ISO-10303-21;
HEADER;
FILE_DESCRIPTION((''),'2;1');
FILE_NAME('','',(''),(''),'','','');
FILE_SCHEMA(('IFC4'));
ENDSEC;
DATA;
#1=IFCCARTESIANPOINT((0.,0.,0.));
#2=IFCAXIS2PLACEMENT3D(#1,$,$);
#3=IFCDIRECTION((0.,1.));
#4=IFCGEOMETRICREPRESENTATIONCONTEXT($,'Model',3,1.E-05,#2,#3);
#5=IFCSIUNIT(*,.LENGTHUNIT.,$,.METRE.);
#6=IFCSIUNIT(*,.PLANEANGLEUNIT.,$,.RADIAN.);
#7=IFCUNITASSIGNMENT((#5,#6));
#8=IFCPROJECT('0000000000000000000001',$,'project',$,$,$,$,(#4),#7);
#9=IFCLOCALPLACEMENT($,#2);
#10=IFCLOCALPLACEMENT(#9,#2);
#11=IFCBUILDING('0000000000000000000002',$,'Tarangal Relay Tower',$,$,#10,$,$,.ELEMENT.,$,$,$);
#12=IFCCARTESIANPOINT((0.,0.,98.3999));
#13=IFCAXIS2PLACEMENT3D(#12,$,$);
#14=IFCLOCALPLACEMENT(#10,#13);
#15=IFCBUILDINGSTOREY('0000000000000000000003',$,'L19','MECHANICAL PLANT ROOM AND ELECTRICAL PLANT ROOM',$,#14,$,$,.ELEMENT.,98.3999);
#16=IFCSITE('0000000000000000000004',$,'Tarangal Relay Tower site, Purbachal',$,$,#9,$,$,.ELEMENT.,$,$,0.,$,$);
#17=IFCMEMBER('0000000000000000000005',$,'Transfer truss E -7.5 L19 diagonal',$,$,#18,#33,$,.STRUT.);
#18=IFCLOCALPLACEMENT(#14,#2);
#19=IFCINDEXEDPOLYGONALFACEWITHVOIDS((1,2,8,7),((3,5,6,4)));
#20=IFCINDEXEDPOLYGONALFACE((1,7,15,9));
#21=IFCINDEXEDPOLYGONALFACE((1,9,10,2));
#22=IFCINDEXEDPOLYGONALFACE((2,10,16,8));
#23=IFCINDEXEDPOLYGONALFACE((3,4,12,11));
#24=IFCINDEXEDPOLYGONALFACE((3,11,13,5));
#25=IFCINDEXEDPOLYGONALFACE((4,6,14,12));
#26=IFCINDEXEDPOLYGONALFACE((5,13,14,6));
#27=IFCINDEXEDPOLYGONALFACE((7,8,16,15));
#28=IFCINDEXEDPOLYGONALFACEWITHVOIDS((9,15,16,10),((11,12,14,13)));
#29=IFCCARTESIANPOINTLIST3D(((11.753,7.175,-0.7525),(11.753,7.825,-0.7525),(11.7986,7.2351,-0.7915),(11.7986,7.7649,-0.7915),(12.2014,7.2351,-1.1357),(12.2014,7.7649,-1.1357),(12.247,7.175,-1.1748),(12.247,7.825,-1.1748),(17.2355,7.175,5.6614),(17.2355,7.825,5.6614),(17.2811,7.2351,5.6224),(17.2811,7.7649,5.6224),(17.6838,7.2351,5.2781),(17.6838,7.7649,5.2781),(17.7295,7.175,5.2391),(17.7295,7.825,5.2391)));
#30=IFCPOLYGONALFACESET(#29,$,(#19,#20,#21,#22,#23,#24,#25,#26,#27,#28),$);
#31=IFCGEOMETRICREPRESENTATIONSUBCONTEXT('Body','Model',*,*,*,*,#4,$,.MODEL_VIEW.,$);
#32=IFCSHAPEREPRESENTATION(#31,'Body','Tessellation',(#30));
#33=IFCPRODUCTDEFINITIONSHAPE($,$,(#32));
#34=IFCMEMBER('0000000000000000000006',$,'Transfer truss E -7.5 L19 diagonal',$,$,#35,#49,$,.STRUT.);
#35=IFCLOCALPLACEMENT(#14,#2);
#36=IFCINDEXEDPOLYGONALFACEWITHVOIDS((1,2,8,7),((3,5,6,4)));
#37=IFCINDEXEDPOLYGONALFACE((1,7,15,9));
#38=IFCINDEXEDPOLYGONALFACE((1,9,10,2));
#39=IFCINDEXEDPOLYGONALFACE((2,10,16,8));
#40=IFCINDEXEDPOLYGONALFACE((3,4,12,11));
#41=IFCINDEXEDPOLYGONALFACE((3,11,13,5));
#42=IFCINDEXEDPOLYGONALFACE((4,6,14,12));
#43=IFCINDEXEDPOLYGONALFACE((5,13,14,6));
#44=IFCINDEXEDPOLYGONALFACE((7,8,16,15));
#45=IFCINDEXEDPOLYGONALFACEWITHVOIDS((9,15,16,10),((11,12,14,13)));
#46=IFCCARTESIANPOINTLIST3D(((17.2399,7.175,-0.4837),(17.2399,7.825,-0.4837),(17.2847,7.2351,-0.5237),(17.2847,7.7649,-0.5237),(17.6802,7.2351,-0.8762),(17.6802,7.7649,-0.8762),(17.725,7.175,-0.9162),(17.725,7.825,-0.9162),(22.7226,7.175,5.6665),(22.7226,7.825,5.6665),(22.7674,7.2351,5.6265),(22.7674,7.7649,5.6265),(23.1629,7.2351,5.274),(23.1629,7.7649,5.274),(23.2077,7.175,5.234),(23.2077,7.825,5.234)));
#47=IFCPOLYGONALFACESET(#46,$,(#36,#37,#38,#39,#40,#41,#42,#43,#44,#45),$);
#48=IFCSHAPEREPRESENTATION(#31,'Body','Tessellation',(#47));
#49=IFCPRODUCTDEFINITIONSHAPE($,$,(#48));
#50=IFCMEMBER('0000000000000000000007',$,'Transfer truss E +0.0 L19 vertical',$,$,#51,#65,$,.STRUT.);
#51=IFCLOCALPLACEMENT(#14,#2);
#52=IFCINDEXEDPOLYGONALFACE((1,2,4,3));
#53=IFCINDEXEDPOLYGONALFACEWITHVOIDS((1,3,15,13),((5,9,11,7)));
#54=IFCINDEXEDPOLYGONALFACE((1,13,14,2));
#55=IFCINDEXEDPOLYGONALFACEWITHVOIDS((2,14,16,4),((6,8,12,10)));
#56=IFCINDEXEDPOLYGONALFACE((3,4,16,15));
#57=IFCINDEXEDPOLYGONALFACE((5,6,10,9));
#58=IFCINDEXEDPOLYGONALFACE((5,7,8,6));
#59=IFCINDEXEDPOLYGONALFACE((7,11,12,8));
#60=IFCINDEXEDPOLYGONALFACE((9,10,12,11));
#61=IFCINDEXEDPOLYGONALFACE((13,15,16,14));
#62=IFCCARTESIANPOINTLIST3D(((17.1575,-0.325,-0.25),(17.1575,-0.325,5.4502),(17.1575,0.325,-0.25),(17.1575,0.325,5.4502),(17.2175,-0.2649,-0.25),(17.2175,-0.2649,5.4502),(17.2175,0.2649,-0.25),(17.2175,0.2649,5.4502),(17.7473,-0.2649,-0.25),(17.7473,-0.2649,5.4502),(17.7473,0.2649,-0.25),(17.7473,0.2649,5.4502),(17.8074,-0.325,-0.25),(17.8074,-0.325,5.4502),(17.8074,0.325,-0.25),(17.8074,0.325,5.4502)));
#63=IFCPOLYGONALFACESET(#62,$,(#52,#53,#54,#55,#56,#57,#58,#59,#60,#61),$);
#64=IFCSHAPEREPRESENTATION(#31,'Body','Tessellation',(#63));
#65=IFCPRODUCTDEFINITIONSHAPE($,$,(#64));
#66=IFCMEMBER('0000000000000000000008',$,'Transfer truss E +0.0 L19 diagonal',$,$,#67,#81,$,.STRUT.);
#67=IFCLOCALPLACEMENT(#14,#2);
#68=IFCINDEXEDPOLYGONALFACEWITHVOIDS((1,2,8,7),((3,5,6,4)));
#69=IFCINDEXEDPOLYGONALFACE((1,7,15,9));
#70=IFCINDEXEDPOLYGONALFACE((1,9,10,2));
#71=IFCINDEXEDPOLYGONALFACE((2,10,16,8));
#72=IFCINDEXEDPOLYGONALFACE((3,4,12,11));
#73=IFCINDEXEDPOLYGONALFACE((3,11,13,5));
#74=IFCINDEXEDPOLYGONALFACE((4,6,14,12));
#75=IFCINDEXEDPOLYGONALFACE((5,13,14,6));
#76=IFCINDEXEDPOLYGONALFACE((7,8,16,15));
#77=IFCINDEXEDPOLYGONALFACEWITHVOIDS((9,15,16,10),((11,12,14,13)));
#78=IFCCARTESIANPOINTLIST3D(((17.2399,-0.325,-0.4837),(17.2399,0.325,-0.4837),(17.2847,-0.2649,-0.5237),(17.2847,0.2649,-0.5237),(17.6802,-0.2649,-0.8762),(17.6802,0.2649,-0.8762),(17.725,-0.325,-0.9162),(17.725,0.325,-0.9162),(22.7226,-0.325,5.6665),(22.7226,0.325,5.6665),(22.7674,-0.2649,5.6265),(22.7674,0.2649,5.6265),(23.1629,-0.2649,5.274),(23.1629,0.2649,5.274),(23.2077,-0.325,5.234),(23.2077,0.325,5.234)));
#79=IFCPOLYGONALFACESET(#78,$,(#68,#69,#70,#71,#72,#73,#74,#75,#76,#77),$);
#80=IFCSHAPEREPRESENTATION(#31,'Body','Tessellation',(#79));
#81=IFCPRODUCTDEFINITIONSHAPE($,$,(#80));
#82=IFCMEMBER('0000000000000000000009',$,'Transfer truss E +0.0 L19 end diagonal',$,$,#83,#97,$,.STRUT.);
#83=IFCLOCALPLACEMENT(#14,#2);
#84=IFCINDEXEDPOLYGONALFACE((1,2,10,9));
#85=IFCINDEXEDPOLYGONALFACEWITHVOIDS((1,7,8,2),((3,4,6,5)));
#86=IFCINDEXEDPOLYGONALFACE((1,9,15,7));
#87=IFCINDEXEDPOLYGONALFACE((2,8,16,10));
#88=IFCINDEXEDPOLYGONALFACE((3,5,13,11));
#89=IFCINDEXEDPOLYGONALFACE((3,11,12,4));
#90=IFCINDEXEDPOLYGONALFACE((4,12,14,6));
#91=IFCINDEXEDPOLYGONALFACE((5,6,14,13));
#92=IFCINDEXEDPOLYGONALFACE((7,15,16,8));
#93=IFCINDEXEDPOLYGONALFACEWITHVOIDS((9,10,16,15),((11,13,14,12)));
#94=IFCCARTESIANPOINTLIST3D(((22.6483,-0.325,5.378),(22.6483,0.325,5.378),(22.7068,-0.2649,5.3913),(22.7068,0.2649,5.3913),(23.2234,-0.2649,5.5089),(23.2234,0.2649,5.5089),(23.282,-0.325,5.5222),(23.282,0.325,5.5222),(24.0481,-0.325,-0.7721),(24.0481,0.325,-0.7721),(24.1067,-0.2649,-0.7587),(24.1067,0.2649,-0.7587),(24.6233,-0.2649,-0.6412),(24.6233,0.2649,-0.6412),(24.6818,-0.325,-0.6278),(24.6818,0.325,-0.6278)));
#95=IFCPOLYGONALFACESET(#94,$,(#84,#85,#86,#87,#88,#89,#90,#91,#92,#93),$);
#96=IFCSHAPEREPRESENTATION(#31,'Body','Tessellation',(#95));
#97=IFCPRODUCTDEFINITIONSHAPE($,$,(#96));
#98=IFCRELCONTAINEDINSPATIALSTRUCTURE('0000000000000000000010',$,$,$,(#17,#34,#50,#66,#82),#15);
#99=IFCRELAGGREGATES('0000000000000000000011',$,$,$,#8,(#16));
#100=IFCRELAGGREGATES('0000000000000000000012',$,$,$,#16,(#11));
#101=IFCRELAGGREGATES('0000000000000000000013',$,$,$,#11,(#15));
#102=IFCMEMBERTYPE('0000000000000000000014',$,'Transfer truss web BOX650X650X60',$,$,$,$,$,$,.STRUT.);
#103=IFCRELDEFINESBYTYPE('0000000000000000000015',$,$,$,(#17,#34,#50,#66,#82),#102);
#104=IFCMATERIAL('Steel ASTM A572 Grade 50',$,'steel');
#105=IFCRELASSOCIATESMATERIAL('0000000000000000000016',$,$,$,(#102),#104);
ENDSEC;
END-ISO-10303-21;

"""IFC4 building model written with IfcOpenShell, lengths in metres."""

from ifc_helpers import new_model, si_unit, direction, frame, origin, origin_2d, place, context, subcontext, project, spatial, hollow_rectangle, extrude, material, material_profile, profile_set, type_object, element, save


model = new_model("IFC4")

# Units and contexts
model_context = context("Model", 3, precision=1e-05, world=origin(), true_north=direction((0.0, 1.0)))
body_context = subcontext(model_context, "Body", "Model", "MODEL_VIEW")
ifc_project = project(units=[si_unit("LENGTHUNIT", "METRE"), si_unit("PLANEANGLEUNIT", "RADIAN")], contexts=[model_context])

# Site, building, storey
site_placement = place(None, origin())
site = spatial("IfcSite", under=ifc_project, at=site_placement, Name="Tarangal Relay Tower site, Purbachal", CompositionType="ELEMENT", RefElevation=0.0)
building_placement = place(site_placement, origin())
building = spatial("IfcBuilding", under=site, at=building_placement, Name="Tarangal Relay Tower", CompositionType="ELEMENT")
storey_placement = place(building_placement, frame((0.0, 0.0, 98.3999)))
storey = spatial("IfcBuildingStorey", under=building, at=storey_placement, Name="L19", Description="MECHANICAL PLANT ROOM AND ELECTRICAL PLANT ROOM", CompositionType="ELEMENT", Elevation=98.3999)

# Shared definitions
ifc_material_1 = material(Name="Steel ASTM A572 Grade 50", Category="steel")

# Members
ifc_material_profile_1 = material_profile(ifc_material_1, hollow_rectangle(XDim=0.6499, YDim=0.6499, WallThickness=0.0601, at=origin_2d()), Name="BOX650X650X60")
ifc_profile_set_1 = profile_set([ifc_material_profile_1], Name="Steel ASTM A572 Grade 50")
member_type_1 = type_object("IfcMemberType", Name="Transfer truss web BOX650X650X60", PredefinedType="STRUT", material=ifc_profile_set_1)
member_1_placement = place(storey_placement, frame((12.0, 7.5, -0.9636), z_axis=(0.649757, 0.0, 0.760142), x_axis=(0.0, 1.0, 0.0)))
element("IfcMember", 1, at=member_1_placement, inside=storey, type_object=member_type_1, Name="Transfer truss E -7.5 L19 diagonal", PredefinedType="STRUT", context=body_context, shape_type="SweptSolid", body=[
    extrude(hollow_rectangle(XDim=0.6499, YDim=0.6499, WallThickness=0.0601, at=origin_2d()), origin(), (0.0, 0.0, 1.0), 8.4377),
])
member_2_placement = place(storey_placement, frame((17.4824, 7.5, -0.7), z_axis=(0.665439, 0.0, 0.746452), x_axis=(0.0, 1.0, 0.0)))
element("IfcMember", 2, at=member_2_placement, inside=storey, type_object=member_type_1, Name="Transfer truss E -7.5 L19 diagonal", PredefinedType="STRUT", context=body_context, shape_type="SweptSolid", body=[
    extrude(hollow_rectangle(XDim=0.6499, YDim=0.6499, WallThickness=0.0601, at=origin_2d()), origin(), (0.0, 0.0, 1.0), 8.2393),
])
member_3_placement = place(storey_placement, frame((17.4824, 0.0, -0.25), z_axis=(0.0, 0.0, 1.0), x_axis=(1.0, 0.0, 0.0)))
element("IfcMember", 3, at=member_3_placement, inside=storey, type_object=member_type_1, Name="Transfer truss E +0.0 L19 vertical", PredefinedType="STRUT", context=body_context, shape_type="SweptSolid", body=[
    extrude(hollow_rectangle(XDim=0.6499, YDim=0.6499, WallThickness=0.0601, at=origin_2d()), origin(), (0.0, 0.0, 1.0), 5.7002),
])
member_4_placement = place(storey_placement, frame((17.4824, 0.0, -0.7), z_axis=(0.665439, 0.0, 0.746452), x_axis=(0.0, 1.0, 0.0)))
element("IfcMember", 4, at=member_4_placement, inside=storey, type_object=member_type_1, Name="Transfer truss E +0.0 L19 diagonal", PredefinedType="STRUT", context=body_context, shape_type="SweptSolid", body=[
    extrude(hollow_rectangle(XDim=0.6499, YDim=0.6499, WallThickness=0.0601, at=origin_2d()), origin(), (0.0, 0.0, 1.0), 8.2393),
])
member_5_placement = place(storey_placement, frame((24.365, 0.0, -0.7), z_axis=(-0.221944, 0.0, 0.975059), x_axis=(0.0, -1.0, 0.0)))
element("IfcMember", 5, at=member_5_placement, inside=storey, type_object=member_type_1, Name="Transfer truss E +0.0 L19 end diagonal", PredefinedType="STRUT", context=body_context, shape_type="SweptSolid", body=[
    extrude(hollow_rectangle(XDim=0.6499, YDim=0.6499, WallThickness=0.0601, at=origin_2d()), origin(), (0.0, 0.0, 1.0), 6.3074),
])

save(model, "model.ifc")
